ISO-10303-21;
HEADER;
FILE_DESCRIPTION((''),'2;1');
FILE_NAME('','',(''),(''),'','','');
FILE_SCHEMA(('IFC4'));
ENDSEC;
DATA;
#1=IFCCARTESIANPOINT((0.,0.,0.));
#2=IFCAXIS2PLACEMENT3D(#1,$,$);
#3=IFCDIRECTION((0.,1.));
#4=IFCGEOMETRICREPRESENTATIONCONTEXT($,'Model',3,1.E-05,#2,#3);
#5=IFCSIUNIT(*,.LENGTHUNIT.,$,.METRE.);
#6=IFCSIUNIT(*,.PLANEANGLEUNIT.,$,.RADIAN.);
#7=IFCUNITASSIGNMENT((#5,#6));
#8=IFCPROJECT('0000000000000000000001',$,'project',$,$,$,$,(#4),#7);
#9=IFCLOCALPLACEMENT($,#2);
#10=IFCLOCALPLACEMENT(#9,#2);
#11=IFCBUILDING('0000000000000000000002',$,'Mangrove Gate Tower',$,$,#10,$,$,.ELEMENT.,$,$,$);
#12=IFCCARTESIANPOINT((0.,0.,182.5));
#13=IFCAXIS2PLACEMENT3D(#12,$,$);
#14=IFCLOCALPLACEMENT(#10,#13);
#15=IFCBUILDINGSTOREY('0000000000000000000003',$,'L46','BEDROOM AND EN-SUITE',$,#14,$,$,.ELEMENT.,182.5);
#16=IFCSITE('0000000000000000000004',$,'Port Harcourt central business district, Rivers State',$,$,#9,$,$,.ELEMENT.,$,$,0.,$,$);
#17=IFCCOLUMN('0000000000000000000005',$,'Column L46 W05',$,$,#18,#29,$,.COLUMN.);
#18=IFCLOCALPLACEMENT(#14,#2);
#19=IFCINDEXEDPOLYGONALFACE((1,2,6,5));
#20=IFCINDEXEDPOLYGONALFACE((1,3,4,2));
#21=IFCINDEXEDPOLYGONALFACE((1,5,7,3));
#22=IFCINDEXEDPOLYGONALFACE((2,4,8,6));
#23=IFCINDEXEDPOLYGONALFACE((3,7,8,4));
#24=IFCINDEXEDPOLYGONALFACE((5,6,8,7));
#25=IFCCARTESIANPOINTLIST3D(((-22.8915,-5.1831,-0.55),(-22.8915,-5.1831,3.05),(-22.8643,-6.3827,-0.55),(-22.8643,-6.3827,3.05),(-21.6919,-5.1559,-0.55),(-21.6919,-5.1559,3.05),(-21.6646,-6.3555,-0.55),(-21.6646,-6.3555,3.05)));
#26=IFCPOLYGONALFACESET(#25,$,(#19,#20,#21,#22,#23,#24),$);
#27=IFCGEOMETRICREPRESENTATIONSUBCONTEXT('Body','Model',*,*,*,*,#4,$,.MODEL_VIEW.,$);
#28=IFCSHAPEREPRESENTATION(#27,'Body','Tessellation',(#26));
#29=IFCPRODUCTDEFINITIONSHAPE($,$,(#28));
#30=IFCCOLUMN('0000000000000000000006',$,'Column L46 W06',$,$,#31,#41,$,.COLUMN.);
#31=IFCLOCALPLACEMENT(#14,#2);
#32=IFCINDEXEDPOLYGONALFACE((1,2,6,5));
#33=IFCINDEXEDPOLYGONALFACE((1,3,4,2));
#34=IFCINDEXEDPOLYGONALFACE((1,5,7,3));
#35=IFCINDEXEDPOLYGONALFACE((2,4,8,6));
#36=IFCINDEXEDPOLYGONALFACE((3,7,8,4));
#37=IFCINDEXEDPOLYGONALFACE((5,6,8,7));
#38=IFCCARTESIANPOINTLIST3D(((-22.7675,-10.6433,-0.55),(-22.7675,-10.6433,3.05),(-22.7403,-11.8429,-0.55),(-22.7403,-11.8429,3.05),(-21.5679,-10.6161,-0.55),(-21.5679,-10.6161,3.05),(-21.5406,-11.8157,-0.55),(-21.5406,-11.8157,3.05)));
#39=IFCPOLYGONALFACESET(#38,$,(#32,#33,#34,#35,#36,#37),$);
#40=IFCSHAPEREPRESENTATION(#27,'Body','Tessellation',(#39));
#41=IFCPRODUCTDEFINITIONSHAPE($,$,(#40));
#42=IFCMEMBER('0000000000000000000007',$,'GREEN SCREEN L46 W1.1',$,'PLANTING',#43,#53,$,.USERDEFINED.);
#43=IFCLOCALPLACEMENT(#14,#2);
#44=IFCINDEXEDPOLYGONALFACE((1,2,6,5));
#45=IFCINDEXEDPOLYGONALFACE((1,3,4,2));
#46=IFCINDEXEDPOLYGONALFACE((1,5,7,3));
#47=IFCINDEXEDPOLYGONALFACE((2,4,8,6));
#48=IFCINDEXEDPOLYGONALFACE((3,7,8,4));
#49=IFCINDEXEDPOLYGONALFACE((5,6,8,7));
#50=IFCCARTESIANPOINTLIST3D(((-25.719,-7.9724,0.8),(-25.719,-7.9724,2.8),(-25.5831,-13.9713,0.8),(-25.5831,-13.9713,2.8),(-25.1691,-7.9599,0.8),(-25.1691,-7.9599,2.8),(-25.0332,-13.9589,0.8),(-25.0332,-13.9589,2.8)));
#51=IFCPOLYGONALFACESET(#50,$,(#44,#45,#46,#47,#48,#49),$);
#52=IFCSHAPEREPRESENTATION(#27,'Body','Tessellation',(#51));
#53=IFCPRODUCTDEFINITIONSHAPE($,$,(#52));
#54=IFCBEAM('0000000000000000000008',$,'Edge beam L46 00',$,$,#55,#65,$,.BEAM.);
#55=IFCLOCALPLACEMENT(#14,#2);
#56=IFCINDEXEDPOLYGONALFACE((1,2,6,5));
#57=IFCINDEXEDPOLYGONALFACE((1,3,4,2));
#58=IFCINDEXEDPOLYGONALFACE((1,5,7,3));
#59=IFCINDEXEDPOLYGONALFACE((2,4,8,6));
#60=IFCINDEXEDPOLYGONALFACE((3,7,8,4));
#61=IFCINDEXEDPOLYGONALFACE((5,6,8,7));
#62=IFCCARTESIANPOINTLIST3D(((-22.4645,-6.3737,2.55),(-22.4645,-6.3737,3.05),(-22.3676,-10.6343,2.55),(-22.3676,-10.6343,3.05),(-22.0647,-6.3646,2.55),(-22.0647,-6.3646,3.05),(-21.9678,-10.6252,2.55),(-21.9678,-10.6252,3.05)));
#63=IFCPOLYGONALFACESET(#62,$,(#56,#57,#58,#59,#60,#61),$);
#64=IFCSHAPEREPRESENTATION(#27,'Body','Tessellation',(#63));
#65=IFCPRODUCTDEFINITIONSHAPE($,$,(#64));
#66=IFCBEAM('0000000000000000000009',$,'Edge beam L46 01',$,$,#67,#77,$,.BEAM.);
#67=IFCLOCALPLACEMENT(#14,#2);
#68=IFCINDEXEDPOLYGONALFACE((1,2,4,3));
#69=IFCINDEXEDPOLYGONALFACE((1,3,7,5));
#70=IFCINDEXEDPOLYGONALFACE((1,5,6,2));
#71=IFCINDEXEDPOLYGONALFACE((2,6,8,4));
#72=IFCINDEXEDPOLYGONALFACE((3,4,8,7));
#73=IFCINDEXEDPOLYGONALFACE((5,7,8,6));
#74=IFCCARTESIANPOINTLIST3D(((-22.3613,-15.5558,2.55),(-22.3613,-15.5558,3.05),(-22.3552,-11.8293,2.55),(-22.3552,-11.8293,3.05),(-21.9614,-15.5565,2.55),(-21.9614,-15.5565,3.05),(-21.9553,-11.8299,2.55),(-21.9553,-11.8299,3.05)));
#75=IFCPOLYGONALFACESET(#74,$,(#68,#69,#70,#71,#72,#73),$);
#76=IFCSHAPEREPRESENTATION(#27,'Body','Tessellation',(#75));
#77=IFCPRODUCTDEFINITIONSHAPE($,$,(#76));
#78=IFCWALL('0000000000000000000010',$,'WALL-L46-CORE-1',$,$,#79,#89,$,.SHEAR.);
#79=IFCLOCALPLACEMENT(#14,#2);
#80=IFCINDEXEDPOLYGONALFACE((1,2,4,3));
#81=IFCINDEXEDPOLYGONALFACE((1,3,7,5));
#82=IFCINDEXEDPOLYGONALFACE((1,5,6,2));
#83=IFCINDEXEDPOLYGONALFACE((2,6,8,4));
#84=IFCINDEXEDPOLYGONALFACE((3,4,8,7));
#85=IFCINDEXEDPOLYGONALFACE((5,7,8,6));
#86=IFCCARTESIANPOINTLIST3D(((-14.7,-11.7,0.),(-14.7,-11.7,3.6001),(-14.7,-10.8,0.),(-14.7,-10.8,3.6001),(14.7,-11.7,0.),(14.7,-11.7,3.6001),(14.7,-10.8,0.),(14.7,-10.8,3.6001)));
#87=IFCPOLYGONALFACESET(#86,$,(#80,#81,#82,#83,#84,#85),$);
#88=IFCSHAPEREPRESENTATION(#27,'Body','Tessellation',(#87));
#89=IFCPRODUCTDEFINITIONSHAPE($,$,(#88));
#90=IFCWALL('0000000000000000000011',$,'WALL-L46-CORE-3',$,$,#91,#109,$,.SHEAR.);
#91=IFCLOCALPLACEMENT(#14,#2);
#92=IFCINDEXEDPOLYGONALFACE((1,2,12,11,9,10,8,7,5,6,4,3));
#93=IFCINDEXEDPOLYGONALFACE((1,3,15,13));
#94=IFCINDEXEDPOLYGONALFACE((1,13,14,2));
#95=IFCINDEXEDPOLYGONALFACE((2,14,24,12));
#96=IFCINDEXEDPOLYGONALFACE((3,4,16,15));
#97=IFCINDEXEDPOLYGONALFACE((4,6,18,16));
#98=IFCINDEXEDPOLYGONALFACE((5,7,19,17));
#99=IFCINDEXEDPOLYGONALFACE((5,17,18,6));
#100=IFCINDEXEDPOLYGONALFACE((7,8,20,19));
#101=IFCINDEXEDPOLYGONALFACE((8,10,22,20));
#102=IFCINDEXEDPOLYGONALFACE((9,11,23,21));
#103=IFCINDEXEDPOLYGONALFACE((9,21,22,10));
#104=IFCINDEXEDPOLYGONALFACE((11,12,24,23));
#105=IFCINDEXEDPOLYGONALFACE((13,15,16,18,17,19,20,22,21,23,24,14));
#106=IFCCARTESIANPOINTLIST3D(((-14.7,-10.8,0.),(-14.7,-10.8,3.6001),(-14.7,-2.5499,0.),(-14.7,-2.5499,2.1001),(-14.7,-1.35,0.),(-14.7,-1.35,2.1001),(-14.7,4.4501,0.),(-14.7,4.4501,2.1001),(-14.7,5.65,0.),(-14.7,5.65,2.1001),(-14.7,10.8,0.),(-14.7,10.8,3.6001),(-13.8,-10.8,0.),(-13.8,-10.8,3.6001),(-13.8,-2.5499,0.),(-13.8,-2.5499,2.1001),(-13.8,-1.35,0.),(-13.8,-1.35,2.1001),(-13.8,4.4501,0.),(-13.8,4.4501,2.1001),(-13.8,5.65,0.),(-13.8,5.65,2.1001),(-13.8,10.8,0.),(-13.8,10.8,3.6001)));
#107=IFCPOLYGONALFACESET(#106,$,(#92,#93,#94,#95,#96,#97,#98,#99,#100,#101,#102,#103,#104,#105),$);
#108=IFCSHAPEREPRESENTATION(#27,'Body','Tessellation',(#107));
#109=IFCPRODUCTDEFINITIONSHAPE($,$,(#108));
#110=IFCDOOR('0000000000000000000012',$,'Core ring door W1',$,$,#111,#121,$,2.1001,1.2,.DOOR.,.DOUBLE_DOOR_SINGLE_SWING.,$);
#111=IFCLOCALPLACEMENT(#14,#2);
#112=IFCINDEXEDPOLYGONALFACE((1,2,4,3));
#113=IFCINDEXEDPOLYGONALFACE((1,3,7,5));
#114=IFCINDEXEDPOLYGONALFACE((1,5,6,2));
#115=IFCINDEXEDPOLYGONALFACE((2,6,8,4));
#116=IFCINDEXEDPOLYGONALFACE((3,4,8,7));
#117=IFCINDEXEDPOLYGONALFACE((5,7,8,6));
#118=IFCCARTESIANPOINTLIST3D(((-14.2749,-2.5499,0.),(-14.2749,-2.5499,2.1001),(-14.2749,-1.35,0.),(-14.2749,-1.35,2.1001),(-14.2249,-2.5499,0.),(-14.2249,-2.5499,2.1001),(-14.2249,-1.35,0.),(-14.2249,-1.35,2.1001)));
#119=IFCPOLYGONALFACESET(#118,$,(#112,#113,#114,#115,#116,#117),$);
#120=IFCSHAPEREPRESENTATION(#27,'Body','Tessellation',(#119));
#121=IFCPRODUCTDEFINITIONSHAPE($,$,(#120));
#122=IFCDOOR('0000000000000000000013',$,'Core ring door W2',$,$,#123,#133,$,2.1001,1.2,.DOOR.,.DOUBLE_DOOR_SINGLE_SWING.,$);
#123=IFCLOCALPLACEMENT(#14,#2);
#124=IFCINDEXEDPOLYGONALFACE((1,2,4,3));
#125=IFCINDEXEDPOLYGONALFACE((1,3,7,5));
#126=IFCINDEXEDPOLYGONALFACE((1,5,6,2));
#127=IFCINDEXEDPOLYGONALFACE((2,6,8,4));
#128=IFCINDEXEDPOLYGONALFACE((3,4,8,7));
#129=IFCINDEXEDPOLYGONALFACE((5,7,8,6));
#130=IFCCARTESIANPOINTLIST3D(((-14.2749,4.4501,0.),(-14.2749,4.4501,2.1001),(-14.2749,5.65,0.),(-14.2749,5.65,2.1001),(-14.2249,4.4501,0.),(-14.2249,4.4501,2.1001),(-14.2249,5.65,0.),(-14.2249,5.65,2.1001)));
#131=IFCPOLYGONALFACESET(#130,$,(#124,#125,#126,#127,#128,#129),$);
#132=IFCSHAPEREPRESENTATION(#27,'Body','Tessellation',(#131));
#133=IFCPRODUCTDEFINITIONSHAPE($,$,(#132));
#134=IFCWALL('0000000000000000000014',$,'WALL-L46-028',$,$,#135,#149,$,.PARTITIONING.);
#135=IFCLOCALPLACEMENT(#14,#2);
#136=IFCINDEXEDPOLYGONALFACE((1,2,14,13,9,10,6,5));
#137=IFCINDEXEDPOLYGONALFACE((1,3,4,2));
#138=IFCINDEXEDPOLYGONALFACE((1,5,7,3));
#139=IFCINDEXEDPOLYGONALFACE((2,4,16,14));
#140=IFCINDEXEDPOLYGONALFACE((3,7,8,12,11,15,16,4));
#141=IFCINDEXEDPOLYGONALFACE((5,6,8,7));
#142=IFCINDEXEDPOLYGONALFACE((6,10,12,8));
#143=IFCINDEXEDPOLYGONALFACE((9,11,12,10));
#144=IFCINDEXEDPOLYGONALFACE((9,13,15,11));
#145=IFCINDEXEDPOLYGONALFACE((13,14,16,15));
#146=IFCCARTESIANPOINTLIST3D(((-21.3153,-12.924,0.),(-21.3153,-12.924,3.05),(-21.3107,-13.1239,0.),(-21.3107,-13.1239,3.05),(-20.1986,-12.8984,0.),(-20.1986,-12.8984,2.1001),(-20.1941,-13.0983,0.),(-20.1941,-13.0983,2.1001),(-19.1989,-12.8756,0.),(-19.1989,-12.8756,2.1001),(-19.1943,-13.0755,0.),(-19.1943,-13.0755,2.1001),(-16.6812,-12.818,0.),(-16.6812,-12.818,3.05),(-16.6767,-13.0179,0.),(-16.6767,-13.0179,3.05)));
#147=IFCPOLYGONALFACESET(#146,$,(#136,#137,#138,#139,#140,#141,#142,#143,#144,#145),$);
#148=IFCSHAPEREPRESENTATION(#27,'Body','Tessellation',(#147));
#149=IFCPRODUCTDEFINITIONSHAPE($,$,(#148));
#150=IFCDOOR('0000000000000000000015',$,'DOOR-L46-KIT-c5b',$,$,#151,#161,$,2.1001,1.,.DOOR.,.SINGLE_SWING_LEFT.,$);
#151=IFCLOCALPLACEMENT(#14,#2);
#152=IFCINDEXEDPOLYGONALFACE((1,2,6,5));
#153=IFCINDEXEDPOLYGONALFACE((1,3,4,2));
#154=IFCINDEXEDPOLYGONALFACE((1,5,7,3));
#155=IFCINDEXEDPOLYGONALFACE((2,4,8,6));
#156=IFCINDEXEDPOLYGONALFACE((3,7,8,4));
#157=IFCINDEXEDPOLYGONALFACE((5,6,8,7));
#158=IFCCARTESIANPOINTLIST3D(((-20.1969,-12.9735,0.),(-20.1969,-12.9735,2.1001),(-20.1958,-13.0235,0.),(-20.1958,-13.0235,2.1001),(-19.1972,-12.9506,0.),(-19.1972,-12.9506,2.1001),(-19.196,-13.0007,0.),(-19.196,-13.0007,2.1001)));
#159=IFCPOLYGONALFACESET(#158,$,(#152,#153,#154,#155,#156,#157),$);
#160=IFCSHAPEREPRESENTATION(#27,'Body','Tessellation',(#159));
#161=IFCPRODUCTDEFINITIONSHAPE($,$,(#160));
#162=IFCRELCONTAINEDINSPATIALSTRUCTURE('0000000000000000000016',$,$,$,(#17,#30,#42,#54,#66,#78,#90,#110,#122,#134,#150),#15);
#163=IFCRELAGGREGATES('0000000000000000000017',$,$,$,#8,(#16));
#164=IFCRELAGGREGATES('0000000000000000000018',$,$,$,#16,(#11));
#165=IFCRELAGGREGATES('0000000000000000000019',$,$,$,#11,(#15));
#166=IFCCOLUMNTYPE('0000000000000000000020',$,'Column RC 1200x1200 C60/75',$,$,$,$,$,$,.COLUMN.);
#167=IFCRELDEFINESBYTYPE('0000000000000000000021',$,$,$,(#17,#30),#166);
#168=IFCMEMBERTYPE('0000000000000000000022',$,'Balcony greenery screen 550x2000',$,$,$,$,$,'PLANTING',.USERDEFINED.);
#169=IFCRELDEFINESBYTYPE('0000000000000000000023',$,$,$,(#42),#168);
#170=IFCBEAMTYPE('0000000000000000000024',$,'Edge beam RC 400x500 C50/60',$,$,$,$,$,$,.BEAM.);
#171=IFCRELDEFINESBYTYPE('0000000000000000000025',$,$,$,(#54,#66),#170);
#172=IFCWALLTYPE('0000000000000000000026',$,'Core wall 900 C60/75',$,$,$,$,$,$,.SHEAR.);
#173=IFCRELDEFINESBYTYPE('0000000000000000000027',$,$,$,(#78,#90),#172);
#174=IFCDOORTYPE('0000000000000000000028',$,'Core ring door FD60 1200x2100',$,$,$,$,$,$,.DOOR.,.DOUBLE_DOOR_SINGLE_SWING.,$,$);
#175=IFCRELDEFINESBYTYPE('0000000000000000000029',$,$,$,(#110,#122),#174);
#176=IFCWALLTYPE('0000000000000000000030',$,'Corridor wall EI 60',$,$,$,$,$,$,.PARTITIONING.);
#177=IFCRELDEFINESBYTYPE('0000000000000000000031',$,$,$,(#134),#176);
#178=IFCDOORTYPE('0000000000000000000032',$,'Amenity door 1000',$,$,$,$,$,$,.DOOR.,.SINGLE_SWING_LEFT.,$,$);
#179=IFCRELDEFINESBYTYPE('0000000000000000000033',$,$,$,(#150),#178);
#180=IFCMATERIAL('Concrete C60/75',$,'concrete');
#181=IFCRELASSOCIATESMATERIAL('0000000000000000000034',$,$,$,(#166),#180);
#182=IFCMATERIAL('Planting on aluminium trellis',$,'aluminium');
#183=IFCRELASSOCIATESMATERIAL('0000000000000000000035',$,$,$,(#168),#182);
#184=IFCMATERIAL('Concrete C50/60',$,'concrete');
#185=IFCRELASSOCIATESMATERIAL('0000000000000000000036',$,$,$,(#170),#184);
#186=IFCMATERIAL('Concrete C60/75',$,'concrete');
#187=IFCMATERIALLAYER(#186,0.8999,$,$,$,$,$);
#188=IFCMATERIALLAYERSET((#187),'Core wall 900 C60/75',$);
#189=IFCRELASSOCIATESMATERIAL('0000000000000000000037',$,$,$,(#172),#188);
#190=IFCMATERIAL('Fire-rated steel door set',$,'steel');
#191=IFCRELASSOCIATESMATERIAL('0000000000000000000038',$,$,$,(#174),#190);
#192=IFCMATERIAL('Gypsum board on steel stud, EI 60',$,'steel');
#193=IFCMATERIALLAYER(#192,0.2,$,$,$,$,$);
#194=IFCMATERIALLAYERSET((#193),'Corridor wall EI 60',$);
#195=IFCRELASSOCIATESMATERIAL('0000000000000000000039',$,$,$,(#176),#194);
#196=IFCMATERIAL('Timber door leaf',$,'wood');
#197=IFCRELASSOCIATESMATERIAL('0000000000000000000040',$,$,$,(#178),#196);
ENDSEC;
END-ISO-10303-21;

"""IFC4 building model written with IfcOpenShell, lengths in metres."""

from ifc_helpers import new_model, si_unit, direction, frame, frame_2d, origin, origin_2d, place, context, subcontext, project, spatial, rectangle, extrude, material, layer, layer_set, material_profile, profile_set, type_object, element, fill, save


model = new_model("IFC4")

# Units and contexts
model_context = context("Model", 3, precision=1e-05, world=origin(), true_north=direction((0.0, 1.0)))
body_context = subcontext(model_context, "Body", "Model", "MODEL_VIEW")
ifc_project = project(units=[si_unit("LENGTHUNIT", "METRE"), si_unit("PLANEANGLEUNIT", "RADIAN")], contexts=[model_context])

# Site, building, storey
site_placement = place(None, origin())
site = spatial("IfcSite", under=ifc_project, at=site_placement, Name="Port Harcourt central business district, Rivers State", CompositionType="ELEMENT", RefElevation=0.0)
building_placement = place(site_placement, origin())
building = spatial("IfcBuilding", under=site, at=building_placement, Name="Mangrove Gate Tower", CompositionType="ELEMENT")
storey_placement = place(building_placement, frame((0.0, 0.0, 182.5)))
storey = spatial("IfcBuildingStorey", under=building, at=storey_placement, Name="L46", Description="BEDROOM AND EN-SUITE", CompositionType="ELEMENT", Elevation=182.5)

# Columns
ifc_material_1 = material(Name="Concrete C60/75", Category="concrete")
ifc_material_profile_1 = material_profile(ifc_material_1, rectangle(XDim=1.2, YDim=1.2, at=origin_2d()))
ifc_profile_set_1 = profile_set([ifc_material_profile_1], Name="Concrete C60/75")
column_type = type_object("IfcColumnType", Name="Column RC 1200x1200 C60/75", PredefinedType="COLUMN", material=ifc_profile_set_1)
for number, where, z_axis, x_axis, name in (
    (1, (-22.2781, -5.7693, -0.55), (0.0, 0.0, 1.0), (0.022693, -0.999742, 0.0), "Column L46 W05"),
    (2, (-22.1541, -11.2295, -0.55), (0.0, 0.0, 1.0), (0.022703, -0.999742, 0.0), "Column L46 W06"),
):
    element("IfcColumn", number, at=place(storey_placement, frame(where, z_axis=z_axis, x_axis=x_axis)), inside=storey, type_object=column_type, Name=name, PredefinedType="COLUMN", context=body_context, shape_type="SweptSolid", body=[
        extrude(rectangle(XDim=1.2, YDim=1.2, at=origin_2d()), origin(), (0.0, 0.0, 1.0), 3.6001),
    ])

# Member
ifc_material_2 = material(Name="Planting on aluminium trellis", Category="aluminium")
ifc_material_profile_2 = material_profile(ifc_material_2, rectangle(XDim=0.55, YDim=2.0, at=origin_2d()))
ifc_profile_set_2 = profile_set([ifc_material_profile_2], Name="Planting on aluminium trellis")
member_type = type_object("IfcMemberType", Name="Balcony greenery screen 550x2000", ElementType="PLANTING", PredefinedType="USERDEFINED", material=ifc_profile_set_2)
member_placement = place(storey_placement, frame((-25.3081, -13.9651, 1.8), z_axis=(-0.022662, 0.999743, 0.0), x_axis=(-0.999743, -0.022662, 0.0)))
element("IfcMember", 3, at=member_placement, inside=storey, type_object=member_type, Name="GREEN SCREEN L46 W1.1", ObjectType="PLANTING", PredefinedType="USERDEFINED", context=body_context, shape_type="SweptSolid", body=[
    extrude(rectangle(XDim=0.55, YDim=2.0, at=origin_2d()), origin(), (0.0, 0.0, 1.0), 6.0005),
])

# Beams
ifc_material_3 = material(Name="Concrete C50/60", Category="concrete")
ifc_material_profile_3 = material_profile(ifc_material_3, rectangle(XDim=0.3999, YDim=0.5, at=origin_2d()))
ifc_profile_set_3 = profile_set([ifc_material_profile_3], Name="Concrete C50/60")
beam_type = type_object("IfcBeamType", Name="Edge beam RC 400x500 C50/60", PredefinedType="BEAM", material=ifc_profile_set_3)
beam_1_placement = place(storey_placement, frame((-22.2646, -6.3691, 2.8), z_axis=(0.022744, -0.999741, 0.0), x_axis=(0.999741, 0.022744, 0.0)))
element("IfcBeam", 4, at=beam_1_placement, inside=storey, type_object=beam_type, Name="Edge beam L46 00", PredefinedType="BEAM", context=body_context, shape_type="SweptSolid", body=[
    extrude(rectangle(XDim=0.3999, YDim=0.5, at=origin_2d()), origin(), (0.0, 0.0, 1.0), 4.2617),
])
beam_2_placement = place(storey_placement, frame((-22.1553, -11.8296, 2.8), z_axis=(-0.001638, -0.999999, 0.0), x_axis=(0.999999, -0.001638, 0.0)))
element("IfcBeam", 5, at=beam_2_placement, inside=storey, type_object=beam_type, Name="Edge beam L46 01", PredefinedType="BEAM", context=body_context, shape_type="SweptSolid", body=[
    extrude(rectangle(XDim=0.3999, YDim=0.5, at=origin_2d()), origin(), (0.0, 0.0, 1.0), 3.7266),
])

# Wall
ifc_material_4 = material(Name="Concrete C60/75", Category="concrete")
ifc_layer_1 = layer(ifc_material_4, 0.8999)
ifc_layer_set_1 = layer_set([ifc_layer_1], Name="Core wall 900 C60/75")
wall_type_1 = type_object("IfcWallType", Name="Core wall 900 C60/75", PredefinedType="SHEAR", material=ifc_layer_set_1)
wall_1_placement = place(storey_placement, frame((-14.7, -11.25, 0.0), z_axis=(0.0, 0.0, 1.0), x_axis=(1.0, 0.0, 0.0)))
element("IfcWall", 6, at=wall_1_placement, inside=storey, type_object=wall_type_1, Name="WALL-L46-CORE-1", PredefinedType="SHEAR", context=body_context, shape_type="SweptSolid", body=[
    extrude(rectangle(XDim=29.3999, YDim=0.8999, at=frame_2d((14.7, 0.0))), origin(), (0.0, 0.0, 1.0), 3.6001),
])

# Wall, openings, doors
wall_2_placement = place(storey_placement, frame((-14.25, -10.8, 0.0), z_axis=(0.0, 0.0, 1.0), x_axis=(0.0, 1.0, 0.0)))
wall_2 = element("IfcWall", 7, at=wall_2_placement, inside=storey, type_object=wall_type_1, Name="WALL-L46-CORE-3", PredefinedType="SHEAR", context=body_context, shape_type="SweptSolid", body=[
    extrude(rectangle(XDim=21.6001, YDim=0.8999, at=frame_2d((10.8, 0.0))), origin(), (0.0, 0.0, 1.0), 3.6001),
])
opening_1_placement = place(wall_2_placement, frame((8.25, 0.0, 0.0)))
opening_1 = element("IfcOpeningElement", 8, at=opening_1_placement, cuts=wall_2, PredefinedType="OPENING", context=body_context, shape_type="SweptSolid", body=[
    extrude(rectangle(XDim=1.2, YDim=2.1001, at=frame_2d((0.6001, 1.05))), frame((0.0, 0.46, 0.0), z_axis=(0.0, -1.0, 0.0), x_axis=(1.0, 0.0, 0.0)), (0.0, 0.0, 1.0), 0.9199),
])
opening_2_placement = place(wall_2_placement, frame((15.25, 0.0, 0.0)))
opening_2 = element("IfcOpeningElement", 9, at=opening_2_placement, cuts=wall_2, PredefinedType="OPENING", context=body_context, shape_type="SweptSolid", body=[
    extrude(rectangle(XDim=1.2, YDim=2.1001, at=frame_2d((0.6001, 1.05))), frame((0.0, 0.46, 0.0), z_axis=(0.0, -1.0, 0.0), x_axis=(1.0, 0.0, 0.0)), (0.0, 0.0, 1.0), 0.9199),
])
ifc_material_5 = material(Name="Fire-rated steel door set", Category="steel")
door_type_1 = type_object("IfcDoorType", Name="Core ring door FD60 1200x2100", OperationType="DOUBLE_DOOR_SINGLE_SWING", PredefinedType="DOOR", material=ifc_material_5)
door_1_placement = place(opening_1_placement, origin())
door_1 = element("IfcDoor", 10, at=door_1_placement, inside=storey, type_object=door_type_1, Name="Core ring door W1", OperationType="DOUBLE_DOOR_SINGLE_SWING", OverallHeight=2.1001, OverallWidth=1.2, PredefinedType="DOOR", context=body_context, shape_type="SweptSolid", body=[
    extrude(rectangle(XDim=1.2, YDim=2.1001, at=frame_2d((0.6001, 1.05))), frame((0.0, 0.0249, 0.0), z_axis=(0.0, -1.0, 0.0), x_axis=(1.0, 0.0, 0.0)), (0.0, 0.0, 1.0), 0.05),
])
fill(opening_1, door_1)
door_2_placement = place(opening_2_placement, origin())
door_2 = element("IfcDoor", 11, at=door_2_placement, inside=storey, type_object=door_type_1, Name="Core ring door W2", OperationType="DOUBLE_DOOR_SINGLE_SWING", OverallHeight=2.1001, OverallWidth=1.2, PredefinedType="DOOR", context=body_context, shape_type="SweptSolid", body=[
    extrude(rectangle(XDim=1.2, YDim=2.1001, at=frame_2d((0.6001, 1.05))), frame((0.0, 0.0249, 0.0), z_axis=(0.0, -1.0, 0.0), x_axis=(1.0, 0.0, 0.0)), (0.0, 0.0, 1.0), 0.05),
])
fill(opening_2, door_2)

# Wall, opening, door
ifc_material_6 = material(Name="Gypsum board on steel stud, EI 60", Category="steel")
ifc_layer_2 = layer(ifc_material_6, 0.2)
ifc_layer_set_2 = layer_set([ifc_layer_2], Name="Corridor wall EI 60")
wall_type_2 = type_object("IfcWallType", Name="Corridor wall EI 60", PredefinedType="PARTITIONING", material=ifc_layer_set_2)
wall_3_placement = place(storey_placement, frame((-21.313, -13.0239, 0.0), z_axis=(0.0, 0.0, 1.0), x_axis=(0.999739, 0.022859, 0.0)))
wall_3 = element("IfcWall", 12, at=wall_3_placement, inside=storey, type_object=wall_type_2, Name="WALL-L46-028", PredefinedType="PARTITIONING", context=body_context, shape_type="SweptSolid", body=[
    extrude(rectangle(XDim=4.6353, YDim=0.2, at=frame_2d((2.3176, 0.0))), origin(), (0.0, 0.0, 1.0), 3.05),
])
opening_3_placement = place(wall_3_placement, frame((1.1169, 0.0, 0.0)))
opening_3 = element("IfcOpeningElement", 13, at=opening_3_placement, cuts=wall_3, PredefinedType="OPENING", context=body_context, shape_type="SweptSolid", body=[
    extrude(rectangle(XDim=1.0, YDim=2.1001, at=frame_2d((0.5, 1.05))), frame((0.0, 0.1099, 0.0), z_axis=(0.0, -1.0, 0.0), x_axis=(1.0, 0.0, 0.0)), (0.0, 0.0, 1.0), 0.22),
])
ifc_material_7 = material(Name="Timber door leaf", Category="wood")
door_type_2 = type_object("IfcDoorType", Name="Amenity door 1000", OperationType="SINGLE_SWING_LEFT", PredefinedType="DOOR", material=ifc_material_7)
door_3_placement = place(opening_3_placement, origin())
door_3 = element("IfcDoor", 14, at=door_3_placement, inside=storey, type_object=door_type_2, Name="DOOR-L46-KIT-c5b", OperationType="SINGLE_SWING_LEFT", OverallHeight=2.1001, OverallWidth=1.0, PredefinedType="DOOR", context=body_context, shape_type="SweptSolid", body=[
    extrude(rectangle(XDim=1.0, YDim=2.1001, at=frame_2d((0.5, 1.05))), frame((0.0, 0.0249, 0.0), z_axis=(0.0, -1.0, 0.0), x_axis=(1.0, 0.0, 0.0)), (0.0, 0.0, 1.0), 0.05),
])
fill(opening_3, door_3)

save(model, "model.ifc")
